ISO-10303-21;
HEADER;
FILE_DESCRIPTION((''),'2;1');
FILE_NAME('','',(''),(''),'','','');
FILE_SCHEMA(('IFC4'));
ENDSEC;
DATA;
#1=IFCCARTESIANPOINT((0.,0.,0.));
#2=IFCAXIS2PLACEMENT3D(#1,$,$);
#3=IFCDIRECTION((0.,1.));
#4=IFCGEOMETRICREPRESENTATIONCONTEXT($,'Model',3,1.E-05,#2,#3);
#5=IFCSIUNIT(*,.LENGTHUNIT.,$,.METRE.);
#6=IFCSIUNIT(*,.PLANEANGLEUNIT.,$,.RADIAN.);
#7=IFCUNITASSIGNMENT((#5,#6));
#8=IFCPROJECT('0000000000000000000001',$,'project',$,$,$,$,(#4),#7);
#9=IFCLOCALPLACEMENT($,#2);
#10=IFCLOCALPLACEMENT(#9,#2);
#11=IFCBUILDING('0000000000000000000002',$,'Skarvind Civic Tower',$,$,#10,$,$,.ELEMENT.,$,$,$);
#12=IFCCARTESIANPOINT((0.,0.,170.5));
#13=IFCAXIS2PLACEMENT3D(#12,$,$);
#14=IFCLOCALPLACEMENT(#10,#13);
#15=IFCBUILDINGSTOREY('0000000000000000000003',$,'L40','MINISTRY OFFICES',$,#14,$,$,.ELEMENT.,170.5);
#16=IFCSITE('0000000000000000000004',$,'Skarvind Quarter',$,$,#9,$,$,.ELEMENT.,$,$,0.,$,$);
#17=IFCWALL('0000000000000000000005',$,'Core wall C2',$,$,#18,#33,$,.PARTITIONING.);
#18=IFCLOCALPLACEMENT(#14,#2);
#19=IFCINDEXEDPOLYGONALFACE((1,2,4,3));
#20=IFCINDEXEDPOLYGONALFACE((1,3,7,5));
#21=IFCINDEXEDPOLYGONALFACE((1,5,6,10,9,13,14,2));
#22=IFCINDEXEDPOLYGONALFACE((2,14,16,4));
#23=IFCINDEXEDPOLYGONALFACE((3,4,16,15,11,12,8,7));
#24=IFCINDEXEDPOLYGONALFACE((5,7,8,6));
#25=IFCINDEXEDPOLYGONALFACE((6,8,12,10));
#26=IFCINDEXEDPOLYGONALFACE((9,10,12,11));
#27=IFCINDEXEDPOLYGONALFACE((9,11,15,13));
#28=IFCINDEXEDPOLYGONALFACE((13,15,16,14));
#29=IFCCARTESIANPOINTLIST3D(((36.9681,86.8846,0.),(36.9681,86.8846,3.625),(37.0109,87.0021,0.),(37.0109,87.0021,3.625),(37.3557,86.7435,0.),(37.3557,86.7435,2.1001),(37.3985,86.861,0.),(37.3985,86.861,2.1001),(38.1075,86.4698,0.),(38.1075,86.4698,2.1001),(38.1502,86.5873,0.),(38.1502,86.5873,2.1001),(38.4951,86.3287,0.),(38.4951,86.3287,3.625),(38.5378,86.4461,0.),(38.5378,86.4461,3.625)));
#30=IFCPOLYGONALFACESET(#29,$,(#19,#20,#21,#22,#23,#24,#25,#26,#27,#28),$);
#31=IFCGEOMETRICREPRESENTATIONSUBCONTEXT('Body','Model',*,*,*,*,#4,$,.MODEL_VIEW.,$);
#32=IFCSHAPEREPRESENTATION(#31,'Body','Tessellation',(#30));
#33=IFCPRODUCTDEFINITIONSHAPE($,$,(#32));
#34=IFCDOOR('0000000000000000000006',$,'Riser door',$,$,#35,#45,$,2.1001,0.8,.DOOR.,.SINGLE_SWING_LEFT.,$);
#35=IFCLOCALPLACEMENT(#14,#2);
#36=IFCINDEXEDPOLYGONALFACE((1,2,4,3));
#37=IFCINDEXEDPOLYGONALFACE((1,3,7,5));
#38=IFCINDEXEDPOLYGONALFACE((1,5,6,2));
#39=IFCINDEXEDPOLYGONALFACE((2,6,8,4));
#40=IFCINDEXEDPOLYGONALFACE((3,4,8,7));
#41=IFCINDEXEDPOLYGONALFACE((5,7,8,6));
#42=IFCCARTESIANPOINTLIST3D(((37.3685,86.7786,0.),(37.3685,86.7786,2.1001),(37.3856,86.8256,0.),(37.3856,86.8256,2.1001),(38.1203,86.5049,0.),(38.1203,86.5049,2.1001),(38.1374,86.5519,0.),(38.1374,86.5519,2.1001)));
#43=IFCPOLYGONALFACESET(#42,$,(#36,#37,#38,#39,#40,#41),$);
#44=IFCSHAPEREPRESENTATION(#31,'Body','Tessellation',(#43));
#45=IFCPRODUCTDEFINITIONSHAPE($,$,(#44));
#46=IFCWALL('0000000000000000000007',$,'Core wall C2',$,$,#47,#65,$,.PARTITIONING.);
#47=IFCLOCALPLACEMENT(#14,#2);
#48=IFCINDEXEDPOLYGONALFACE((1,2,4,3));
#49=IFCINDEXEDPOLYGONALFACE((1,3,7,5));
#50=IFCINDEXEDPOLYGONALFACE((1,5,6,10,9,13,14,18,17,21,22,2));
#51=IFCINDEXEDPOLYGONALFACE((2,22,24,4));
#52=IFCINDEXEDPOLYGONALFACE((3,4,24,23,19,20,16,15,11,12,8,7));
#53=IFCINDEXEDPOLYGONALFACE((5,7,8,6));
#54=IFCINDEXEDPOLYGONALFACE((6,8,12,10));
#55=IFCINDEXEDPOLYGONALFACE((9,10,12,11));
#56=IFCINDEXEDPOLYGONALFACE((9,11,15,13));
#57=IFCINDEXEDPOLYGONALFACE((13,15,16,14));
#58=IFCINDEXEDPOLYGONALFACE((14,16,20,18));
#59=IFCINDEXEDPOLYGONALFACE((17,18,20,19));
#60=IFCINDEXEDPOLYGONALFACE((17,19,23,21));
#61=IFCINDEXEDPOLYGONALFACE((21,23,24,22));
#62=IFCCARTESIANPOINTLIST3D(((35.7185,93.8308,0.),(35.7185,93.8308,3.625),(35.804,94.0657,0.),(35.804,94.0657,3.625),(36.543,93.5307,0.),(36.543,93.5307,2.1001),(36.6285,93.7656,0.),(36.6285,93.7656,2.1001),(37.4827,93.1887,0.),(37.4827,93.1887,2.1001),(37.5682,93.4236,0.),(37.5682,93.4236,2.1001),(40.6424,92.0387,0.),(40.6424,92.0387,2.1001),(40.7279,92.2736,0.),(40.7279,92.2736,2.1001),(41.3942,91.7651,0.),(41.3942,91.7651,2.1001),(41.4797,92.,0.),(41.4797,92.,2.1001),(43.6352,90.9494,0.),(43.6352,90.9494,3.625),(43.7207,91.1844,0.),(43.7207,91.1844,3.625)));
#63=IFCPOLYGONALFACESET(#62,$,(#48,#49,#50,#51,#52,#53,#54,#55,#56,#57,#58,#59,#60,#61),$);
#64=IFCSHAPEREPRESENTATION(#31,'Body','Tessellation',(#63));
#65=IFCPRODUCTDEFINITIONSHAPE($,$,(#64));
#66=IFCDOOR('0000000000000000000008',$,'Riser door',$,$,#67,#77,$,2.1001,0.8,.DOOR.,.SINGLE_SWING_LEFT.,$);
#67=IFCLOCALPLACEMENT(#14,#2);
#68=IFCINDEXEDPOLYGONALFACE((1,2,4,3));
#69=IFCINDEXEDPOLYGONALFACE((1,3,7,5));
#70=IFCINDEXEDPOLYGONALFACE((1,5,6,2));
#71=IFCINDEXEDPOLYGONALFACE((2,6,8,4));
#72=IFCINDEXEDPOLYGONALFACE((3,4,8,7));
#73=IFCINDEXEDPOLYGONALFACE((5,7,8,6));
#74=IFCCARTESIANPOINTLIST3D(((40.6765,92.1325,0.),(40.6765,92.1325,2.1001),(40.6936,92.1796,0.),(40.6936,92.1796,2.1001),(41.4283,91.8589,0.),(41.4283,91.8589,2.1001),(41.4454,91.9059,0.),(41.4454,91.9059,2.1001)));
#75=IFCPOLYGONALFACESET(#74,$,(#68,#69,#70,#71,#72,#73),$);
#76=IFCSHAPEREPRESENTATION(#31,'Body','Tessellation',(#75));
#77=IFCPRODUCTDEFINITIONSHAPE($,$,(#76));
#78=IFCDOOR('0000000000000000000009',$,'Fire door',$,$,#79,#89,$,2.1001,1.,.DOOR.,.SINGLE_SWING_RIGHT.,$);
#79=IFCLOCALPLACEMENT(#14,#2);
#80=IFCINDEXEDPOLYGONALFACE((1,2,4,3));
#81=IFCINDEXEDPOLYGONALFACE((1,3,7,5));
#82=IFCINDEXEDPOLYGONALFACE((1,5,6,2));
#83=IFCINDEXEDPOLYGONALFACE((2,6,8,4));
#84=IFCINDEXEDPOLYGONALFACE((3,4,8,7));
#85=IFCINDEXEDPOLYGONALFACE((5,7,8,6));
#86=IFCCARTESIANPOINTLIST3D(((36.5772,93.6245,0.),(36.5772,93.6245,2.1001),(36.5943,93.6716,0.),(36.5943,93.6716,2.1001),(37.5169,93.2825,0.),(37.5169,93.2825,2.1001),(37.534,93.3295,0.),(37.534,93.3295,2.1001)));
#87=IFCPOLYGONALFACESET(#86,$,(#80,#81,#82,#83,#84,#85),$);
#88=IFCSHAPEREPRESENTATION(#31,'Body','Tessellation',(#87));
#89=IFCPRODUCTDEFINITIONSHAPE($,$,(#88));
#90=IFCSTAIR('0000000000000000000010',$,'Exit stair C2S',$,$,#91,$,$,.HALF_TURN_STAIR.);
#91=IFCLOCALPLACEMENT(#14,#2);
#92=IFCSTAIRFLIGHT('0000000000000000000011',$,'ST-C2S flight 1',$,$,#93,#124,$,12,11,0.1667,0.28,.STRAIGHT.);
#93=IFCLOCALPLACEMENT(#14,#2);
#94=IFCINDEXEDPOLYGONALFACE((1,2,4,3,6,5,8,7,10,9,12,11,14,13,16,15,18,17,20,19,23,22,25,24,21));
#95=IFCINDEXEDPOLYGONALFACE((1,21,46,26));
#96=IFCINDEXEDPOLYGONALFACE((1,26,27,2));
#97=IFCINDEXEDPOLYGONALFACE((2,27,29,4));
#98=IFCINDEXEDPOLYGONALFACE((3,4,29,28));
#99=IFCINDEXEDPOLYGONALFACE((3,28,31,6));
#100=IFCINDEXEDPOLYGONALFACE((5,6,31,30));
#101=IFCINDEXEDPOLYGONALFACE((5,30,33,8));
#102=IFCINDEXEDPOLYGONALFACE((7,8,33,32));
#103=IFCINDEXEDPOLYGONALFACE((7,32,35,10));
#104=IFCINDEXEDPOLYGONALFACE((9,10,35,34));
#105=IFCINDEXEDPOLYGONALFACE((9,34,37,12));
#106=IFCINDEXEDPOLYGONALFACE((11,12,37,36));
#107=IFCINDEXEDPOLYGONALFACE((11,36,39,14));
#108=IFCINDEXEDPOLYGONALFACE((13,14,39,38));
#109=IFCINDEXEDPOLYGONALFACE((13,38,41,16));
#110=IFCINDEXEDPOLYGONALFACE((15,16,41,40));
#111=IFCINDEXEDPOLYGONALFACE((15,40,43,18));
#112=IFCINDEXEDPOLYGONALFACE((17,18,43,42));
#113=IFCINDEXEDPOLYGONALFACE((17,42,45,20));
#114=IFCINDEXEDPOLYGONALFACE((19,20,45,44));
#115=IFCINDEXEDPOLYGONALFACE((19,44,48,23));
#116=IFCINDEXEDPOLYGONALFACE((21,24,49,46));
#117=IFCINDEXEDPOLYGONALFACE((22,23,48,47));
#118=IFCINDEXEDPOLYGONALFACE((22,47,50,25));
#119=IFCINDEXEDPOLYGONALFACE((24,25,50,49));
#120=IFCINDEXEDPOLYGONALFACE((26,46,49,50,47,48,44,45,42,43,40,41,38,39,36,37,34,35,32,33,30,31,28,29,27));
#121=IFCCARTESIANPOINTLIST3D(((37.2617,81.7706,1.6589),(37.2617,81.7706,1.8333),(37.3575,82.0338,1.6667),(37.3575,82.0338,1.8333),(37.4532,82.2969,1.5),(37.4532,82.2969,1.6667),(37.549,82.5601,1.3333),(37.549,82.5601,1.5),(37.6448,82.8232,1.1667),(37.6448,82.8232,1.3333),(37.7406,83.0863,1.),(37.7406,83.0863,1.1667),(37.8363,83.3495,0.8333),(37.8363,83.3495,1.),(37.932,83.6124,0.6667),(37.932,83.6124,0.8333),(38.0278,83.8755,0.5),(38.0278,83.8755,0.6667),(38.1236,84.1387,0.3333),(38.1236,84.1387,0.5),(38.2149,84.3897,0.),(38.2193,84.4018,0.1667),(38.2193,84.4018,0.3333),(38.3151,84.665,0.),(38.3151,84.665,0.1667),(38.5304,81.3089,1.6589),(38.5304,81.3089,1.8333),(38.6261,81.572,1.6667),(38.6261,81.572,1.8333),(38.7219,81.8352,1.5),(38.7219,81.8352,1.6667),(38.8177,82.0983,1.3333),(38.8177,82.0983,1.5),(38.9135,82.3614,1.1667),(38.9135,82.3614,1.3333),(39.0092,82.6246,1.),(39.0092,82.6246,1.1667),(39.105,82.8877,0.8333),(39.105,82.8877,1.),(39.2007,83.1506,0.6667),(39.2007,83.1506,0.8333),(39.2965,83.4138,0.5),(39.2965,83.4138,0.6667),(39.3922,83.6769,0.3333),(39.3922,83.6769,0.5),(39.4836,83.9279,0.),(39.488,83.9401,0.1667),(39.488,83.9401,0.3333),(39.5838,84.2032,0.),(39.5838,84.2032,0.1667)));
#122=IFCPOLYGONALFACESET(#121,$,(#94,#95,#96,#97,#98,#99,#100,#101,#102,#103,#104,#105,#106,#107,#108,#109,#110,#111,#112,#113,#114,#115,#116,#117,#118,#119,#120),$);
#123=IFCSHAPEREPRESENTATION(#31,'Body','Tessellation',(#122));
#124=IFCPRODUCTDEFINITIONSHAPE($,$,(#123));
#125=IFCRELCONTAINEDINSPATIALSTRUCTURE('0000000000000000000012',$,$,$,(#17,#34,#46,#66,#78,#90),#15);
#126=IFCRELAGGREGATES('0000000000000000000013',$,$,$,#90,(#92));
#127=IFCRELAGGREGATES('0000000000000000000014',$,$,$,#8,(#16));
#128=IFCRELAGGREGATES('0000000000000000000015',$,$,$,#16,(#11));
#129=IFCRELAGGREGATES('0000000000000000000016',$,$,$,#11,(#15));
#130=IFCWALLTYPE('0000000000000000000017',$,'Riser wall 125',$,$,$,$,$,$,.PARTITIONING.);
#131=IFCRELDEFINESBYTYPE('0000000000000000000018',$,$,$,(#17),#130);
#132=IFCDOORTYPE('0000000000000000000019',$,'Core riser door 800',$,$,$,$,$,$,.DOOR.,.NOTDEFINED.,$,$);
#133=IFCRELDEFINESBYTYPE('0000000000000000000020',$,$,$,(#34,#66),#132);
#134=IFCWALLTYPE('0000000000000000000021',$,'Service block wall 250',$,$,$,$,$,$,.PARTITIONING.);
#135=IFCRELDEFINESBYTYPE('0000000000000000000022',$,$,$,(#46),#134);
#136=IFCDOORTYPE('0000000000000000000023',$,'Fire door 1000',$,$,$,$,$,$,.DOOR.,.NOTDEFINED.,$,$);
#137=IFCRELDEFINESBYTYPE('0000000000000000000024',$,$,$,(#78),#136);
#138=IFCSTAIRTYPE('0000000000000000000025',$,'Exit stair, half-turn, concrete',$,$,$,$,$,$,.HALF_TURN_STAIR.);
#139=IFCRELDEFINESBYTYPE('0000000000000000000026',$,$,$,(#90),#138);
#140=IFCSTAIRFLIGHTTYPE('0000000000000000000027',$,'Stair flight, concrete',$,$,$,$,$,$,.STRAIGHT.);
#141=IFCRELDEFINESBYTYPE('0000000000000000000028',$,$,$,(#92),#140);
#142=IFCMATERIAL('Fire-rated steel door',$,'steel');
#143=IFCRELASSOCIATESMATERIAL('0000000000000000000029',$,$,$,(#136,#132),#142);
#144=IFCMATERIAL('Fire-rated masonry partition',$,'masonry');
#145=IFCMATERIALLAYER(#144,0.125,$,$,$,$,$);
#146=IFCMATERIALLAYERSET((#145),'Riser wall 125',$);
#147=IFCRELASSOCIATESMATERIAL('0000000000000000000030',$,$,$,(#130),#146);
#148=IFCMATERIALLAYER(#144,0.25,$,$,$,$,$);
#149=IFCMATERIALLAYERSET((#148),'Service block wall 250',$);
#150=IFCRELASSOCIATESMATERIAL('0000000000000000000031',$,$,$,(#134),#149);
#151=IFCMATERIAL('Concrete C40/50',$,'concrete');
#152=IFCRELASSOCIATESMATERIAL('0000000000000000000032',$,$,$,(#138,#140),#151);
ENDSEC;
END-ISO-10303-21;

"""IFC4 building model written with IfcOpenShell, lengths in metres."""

from ifc_helpers import new_model, si_unit, direction, frame, frame_2d, origin, place, context, subcontext, project, spatial, polyline, rectangle, outline, extrude, material, layer, layer_set, type_object, element, fill, aggregate, save


model = new_model("IFC4")

# Units and contexts
model_context = context("Model", 3, precision=1e-05, world=origin(), true_north=direction((0.0, 1.0)))
body_context = subcontext(model_context, "Body", "Model", "MODEL_VIEW")
ifc_project = project(units=[si_unit("LENGTHUNIT", "METRE"), si_unit("PLANEANGLEUNIT", "RADIAN")], contexts=[model_context])

# Site, building, storey
site_placement = place(None, origin())
site = spatial("IfcSite", under=ifc_project, at=site_placement, Name="Skarvind Quarter", CompositionType="ELEMENT", RefElevation=0.0)
building_placement = place(site_placement, origin())
building = spatial("IfcBuilding", under=site, at=building_placement, Name="Skarvind Civic Tower", CompositionType="ELEMENT")
storey_placement = place(building_placement, frame((0.0, 0.0, 170.5)))
storey = spatial("IfcBuildingStorey", under=building, at=storey_placement, Name="L40", Description="MINISTRY OFFICES", CompositionType="ELEMENT", Elevation=170.5)

# Shared definitions
ifc_material_1 = material(Name="Fire-rated masonry partition", Category="masonry")
ifc_material_2 = material(Name="Fire-rated steel door", Category="steel")

# Shared definitions
door_type_1 = type_object("IfcDoorType", Name="Fire door 1000", OperationType="NOTDEFINED", PredefinedType="DOOR", material=ifc_material_2)

# Wall, opening, door
ifc_layer_1 = layer(ifc_material_1, 0.125)
ifc_layer_set_1 = layer_set([ifc_layer_1], Name="Riser wall 125")
wall_type_1 = type_object("IfcWallType", Name="Riser wall 125", PredefinedType="PARTITIONING", material=ifc_layer_set_1)
wall_1_placement = place(storey_placement, frame((36.9895, 86.9434, 0.0), z_axis=(0.0, 0.0, 1.0), x_axis=(0.939657, -0.342117, 0.0)))
wall_1 = element("IfcWall", 1, at=wall_1_placement, inside=storey, type_object=wall_type_1, Name="Core wall C2", PredefinedType="PARTITIONING", context=body_context, shape_type="SweptSolid", body=[
    extrude(rectangle(XDim=1.625, YDim=0.125, at=frame_2d((0.8125, 0.0))), origin(), (0.0, 0.0, 1.0), 3.625),
])
opening_1_placement = place(wall_1_placement, frame((0.4126, 0.0, 0.0)))
opening_1 = element("IfcOpeningElement", 2, at=opening_1_placement, cuts=wall_1, PredefinedType="OPENING", context=body_context, shape_type="SweptSolid", body=[
    extrude(rectangle(XDim=0.8, YDim=2.1001, at=frame_2d((0.3999, 1.05))), frame((0.0, 0.0725, 0.0), z_axis=(0.0, -1.0, 0.0), x_axis=(1.0, 0.0, 0.0)), (0.0, 0.0, 1.0), 0.145),
])
door_type_2 = type_object("IfcDoorType", Name="Core riser door 800", OperationType="NOTDEFINED", PredefinedType="DOOR", material=ifc_material_2)
door_1_placement = place(opening_1_placement, origin())
door_1 = element("IfcDoor", 3, at=door_1_placement, inside=storey, type_object=door_type_2, Name="Riser door", OperationType="SINGLE_SWING_LEFT", OverallHeight=2.1001, OverallWidth=0.8, PredefinedType="DOOR", context=body_context, shape_type="SweptSolid", body=[
    extrude(rectangle(XDim=0.8, YDim=2.1001, at=frame_2d((0.3999, 1.05))), frame((0.0, 0.0249, 0.0), z_axis=(0.0, -1.0, 0.0), x_axis=(1.0, 0.0, 0.0)), (0.0, 0.0, 1.0), 0.05),
])
fill(opening_1, door_1)

# Wall, openings, doors
ifc_layer_2 = layer(ifc_material_1, 0.25)
ifc_layer_set_2 = layer_set([ifc_layer_2], Name="Service block wall 250")
wall_type_2 = type_object("IfcWallType", Name="Service block wall 250", PredefinedType="PARTITIONING", material=ifc_layer_set_2)
wall_2_placement = place(storey_placement, frame((35.7612, 93.9482, 0.0), z_axis=(0.0, 0.0, 1.0), x_axis=(0.939697, -0.342008, 0.0)))
wall_2 = element("IfcWall", 4, at=wall_2_placement, inside=storey, type_object=wall_type_2, Name="Core wall C2", PredefinedType="PARTITIONING", context=body_context, shape_type="SweptSolid", body=[
    extrude(rectangle(XDim=8.4248, YDim=0.25, at=frame_2d((4.2124, 0.0))), origin(), (0.0, 0.0, 1.0), 3.625),
])
opening_2_placement = place(wall_2_placement, frame((0.8774, 0.0, 0.0)))
opening_2 = element("IfcOpeningElement", 5, at=opening_2_placement, cuts=wall_2, PredefinedType="OPENING", context=body_context, shape_type="SweptSolid", body=[
    extrude(rectangle(XDim=1.0, YDim=2.1001, at=frame_2d((0.5, 1.05))), frame((0.0, 0.135, 0.0), z_axis=(0.0, -1.0, 0.0), x_axis=(1.0, 0.0, 0.0)), (0.0, 0.0, 1.0), 0.27),
])
opening_3_placement = place(wall_2_placement, frame((5.24, 0.0, 0.0)))
opening_3 = element("IfcOpeningElement", 6, at=opening_3_placement, cuts=wall_2, PredefinedType="OPENING", context=body_context, shape_type="SweptSolid", body=[
    extrude(rectangle(XDim=0.8, YDim=2.1001, at=frame_2d((0.3999, 1.05))), frame((0.0, 0.135, 0.0), z_axis=(0.0, -1.0, 0.0), x_axis=(1.0, 0.0, 0.0)), (0.0, 0.0, 1.0), 0.27),
])
door_2_placement = place(opening_3_placement, origin())
door_2 = element("IfcDoor", 7, at=door_2_placement, inside=storey, type_object=door_type_2, Name="Riser door", OperationType="SINGLE_SWING_LEFT", OverallHeight=2.1001, OverallWidth=0.8, PredefinedType="DOOR", context=body_context, shape_type="SweptSolid", body=[
    extrude(rectangle(XDim=0.8, YDim=2.1001, at=frame_2d((0.3999, 1.05))), frame((0.0, 0.0249, 0.0), z_axis=(0.0, -1.0, 0.0), x_axis=(1.0, 0.0, 0.0)), (0.0, 0.0, 1.0), 0.05),
])
fill(opening_3, door_2)
door_3_placement = place(opening_2_placement, origin())
door_3 = element("IfcDoor", 8, at=door_3_placement, inside=storey, type_object=door_type_1, Name="Fire door", OperationType="SINGLE_SWING_RIGHT", OverallHeight=2.1001, OverallWidth=1.0, PredefinedType="DOOR", context=body_context, shape_type="SweptSolid", body=[
    extrude(rectangle(XDim=1.0, YDim=2.1001, at=frame_2d((0.5, 1.05))), frame((0.0, 0.0249, 0.0), z_axis=(0.0, -1.0, 0.0), x_axis=(1.0, 0.0, 0.0)), (0.0, 0.0, 1.0), 0.05),
])
fill(opening_2, door_3)

# Stair, stair flight
ifc_material_3 = material(Name="Concrete C40/50", Category="concrete")
stair_type = type_object("IfcStairType", Name="Exit stair, half-turn, concrete", PredefinedType="HALF_TURN_STAIR", material=ifc_material_3)
stair_placement = place(storey_placement, origin())
stair = element("IfcStair", 9, at=stair_placement, inside=storey, type_object=stair_type, Name="Exit stair C2S", PredefinedType="HALF_TURN_STAIR")
stair_flight_type = type_object("IfcStairFlightType", Name="Stair flight, concrete", PredefinedType="STRAIGHT", material=ifc_material_3)
stair_flight_placement = place(storey_placement, frame((38.9495, 84.4341, 0.0), z_axis=(0.0, 0.0, 1.0), x_axis=(-0.34202, -0.939693, 0.0)))
stair_flight = element("IfcStairFlight", 10, at=stair_flight_placement, type_object=stair_flight_type, Name="ST-C2S flight 1", NumberOfRisers=12, NumberOfTreads=11, PredefinedType="STRAIGHT", RiserHeight=0.1667, TreadLength=0.28, context=body_context, shape_type="SweptSolid", body=[
    extrude(outline(polyline([(0.0, 0.0), (0.0, 0.1667), (0.28, 0.1667), (0.28, 0.3333), (0.5601, 0.3333), (0.5601, 0.5), (0.8401, 0.5), (0.8401, 0.6667), (1.1201, 0.6667), (1.1201, 0.8333), (1.3999, 0.8333), (1.3999, 1.0), (1.6799, 1.0), (1.6799, 1.1667), (1.96, 1.1667), (1.96, 1.3333), (2.24, 1.3333), (2.24, 1.5), (2.52, 1.5), (2.52, 1.6667), (2.8, 1.6667), (2.8, 1.8333), (3.0801, 1.8333), (3.0801, 2.0), (3.0801, 1.6589), (0.293, 0.0), (0.0, 0.0)])), frame((0.0, 0.675, 0.0), z_axis=(0.0, -1.0, 0.0), x_axis=(1.0, 0.0, 0.0)), (0.0, 0.0, 1.0), 1.3501),
])
aggregate(stair, [stair_flight])

save(model, "model.ifc")
